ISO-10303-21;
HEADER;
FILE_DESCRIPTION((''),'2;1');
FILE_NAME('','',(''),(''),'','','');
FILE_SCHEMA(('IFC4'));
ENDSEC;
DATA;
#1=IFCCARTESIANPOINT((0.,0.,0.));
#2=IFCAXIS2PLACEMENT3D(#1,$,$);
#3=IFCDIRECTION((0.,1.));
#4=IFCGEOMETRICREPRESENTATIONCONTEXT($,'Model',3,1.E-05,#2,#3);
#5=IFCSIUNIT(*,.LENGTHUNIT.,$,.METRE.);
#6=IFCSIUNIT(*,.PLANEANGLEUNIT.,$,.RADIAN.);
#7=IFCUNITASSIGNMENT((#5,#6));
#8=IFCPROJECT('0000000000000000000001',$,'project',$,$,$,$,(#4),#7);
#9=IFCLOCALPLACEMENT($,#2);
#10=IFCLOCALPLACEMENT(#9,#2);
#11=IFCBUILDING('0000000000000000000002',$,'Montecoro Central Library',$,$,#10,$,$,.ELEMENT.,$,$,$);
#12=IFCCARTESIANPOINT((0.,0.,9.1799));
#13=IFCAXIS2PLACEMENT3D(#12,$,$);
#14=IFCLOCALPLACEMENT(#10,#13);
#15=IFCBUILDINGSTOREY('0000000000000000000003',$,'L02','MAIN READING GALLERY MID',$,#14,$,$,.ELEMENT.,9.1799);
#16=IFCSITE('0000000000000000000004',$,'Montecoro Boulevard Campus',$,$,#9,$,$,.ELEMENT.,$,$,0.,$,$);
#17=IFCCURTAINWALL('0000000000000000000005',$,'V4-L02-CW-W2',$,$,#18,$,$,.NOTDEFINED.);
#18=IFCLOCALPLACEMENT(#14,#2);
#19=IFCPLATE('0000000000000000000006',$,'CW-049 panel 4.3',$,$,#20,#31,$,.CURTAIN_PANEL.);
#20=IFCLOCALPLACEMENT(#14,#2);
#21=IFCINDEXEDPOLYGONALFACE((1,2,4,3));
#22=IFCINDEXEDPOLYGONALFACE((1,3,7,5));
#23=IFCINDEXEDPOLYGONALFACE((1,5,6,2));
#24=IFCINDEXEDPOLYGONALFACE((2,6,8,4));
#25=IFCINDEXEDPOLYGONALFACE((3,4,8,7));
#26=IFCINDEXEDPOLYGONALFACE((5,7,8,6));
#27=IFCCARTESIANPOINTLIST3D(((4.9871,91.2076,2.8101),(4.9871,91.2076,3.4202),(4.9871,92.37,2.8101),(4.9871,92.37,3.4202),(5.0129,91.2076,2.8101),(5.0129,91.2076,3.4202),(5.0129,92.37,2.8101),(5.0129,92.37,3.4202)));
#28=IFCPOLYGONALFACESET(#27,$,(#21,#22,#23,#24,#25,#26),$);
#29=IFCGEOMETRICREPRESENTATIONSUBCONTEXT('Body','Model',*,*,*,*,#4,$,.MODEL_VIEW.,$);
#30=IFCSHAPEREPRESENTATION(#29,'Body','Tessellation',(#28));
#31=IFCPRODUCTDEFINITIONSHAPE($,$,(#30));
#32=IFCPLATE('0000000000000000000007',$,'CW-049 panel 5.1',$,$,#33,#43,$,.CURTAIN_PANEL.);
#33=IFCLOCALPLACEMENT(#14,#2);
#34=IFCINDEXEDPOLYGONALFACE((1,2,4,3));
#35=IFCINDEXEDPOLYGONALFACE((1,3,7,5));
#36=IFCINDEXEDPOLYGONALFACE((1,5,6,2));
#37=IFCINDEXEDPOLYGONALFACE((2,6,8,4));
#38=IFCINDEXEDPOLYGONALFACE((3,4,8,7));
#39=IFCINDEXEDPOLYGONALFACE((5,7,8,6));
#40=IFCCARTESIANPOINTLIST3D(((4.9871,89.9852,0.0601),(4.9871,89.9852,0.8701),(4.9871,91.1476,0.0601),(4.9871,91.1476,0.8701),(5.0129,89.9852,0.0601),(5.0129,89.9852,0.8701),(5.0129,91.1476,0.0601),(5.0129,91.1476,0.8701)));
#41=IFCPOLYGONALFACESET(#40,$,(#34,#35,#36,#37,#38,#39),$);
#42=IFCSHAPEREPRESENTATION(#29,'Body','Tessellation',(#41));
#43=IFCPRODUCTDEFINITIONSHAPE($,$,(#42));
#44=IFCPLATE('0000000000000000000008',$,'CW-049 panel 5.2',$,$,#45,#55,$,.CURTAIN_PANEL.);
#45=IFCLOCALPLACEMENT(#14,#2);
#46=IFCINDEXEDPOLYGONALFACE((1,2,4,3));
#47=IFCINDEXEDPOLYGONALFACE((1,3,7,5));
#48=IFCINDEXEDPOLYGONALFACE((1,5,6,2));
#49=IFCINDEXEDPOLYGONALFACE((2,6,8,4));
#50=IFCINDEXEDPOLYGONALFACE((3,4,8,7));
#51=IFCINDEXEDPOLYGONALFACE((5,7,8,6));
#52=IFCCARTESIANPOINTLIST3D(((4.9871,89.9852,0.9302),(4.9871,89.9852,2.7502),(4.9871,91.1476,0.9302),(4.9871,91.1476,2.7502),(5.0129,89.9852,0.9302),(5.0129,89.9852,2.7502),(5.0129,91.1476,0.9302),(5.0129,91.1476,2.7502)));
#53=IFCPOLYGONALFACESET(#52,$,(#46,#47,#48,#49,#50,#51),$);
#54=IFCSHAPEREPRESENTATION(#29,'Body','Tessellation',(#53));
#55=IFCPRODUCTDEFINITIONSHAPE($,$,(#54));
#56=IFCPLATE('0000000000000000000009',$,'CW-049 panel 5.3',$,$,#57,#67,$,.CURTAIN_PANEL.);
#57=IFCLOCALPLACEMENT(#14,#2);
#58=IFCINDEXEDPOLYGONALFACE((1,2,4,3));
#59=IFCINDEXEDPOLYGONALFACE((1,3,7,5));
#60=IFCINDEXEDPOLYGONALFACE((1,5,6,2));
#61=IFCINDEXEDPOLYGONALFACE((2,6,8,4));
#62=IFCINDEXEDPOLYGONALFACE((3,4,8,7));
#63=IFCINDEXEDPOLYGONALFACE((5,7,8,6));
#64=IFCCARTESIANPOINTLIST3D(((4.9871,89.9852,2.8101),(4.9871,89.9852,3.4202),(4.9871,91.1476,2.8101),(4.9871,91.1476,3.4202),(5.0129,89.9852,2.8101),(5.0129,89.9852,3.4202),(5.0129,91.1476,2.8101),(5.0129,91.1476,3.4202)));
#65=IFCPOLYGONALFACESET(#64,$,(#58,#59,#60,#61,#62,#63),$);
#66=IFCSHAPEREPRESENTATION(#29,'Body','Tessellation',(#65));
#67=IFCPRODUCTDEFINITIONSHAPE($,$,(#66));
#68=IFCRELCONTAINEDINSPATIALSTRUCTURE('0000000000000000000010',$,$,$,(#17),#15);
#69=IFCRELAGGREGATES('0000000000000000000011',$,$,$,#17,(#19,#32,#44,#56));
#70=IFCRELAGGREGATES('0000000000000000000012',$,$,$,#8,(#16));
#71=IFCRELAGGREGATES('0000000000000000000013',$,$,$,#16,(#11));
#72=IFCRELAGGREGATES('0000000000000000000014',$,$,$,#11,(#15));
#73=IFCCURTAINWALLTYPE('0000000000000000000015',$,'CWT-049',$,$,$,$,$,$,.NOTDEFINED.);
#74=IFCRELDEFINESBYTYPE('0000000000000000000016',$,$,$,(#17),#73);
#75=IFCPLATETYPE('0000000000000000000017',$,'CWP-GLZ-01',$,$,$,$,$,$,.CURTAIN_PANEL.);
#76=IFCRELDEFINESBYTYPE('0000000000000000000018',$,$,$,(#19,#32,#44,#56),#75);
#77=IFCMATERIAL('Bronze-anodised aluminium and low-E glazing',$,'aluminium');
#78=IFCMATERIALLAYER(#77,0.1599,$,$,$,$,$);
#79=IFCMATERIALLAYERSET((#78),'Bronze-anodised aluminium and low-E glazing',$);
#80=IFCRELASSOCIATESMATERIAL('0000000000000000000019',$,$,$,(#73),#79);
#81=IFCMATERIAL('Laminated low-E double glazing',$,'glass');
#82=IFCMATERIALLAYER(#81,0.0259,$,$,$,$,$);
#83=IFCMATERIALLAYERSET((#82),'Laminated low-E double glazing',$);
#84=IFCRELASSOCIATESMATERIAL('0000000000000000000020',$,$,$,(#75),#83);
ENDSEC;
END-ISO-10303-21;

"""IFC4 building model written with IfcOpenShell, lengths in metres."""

from ifc_helpers import new_model, si_unit, direction, frame, origin, origin_2d, place, context, subcontext, project, spatial, rectangle, extrude, material, layer, layer_set, type_object, element, aggregate, save


model = new_model("IFC4")

# Units and contexts
model_context = context("Model", 3, precision=1e-05, world=origin(), true_north=direction((0.0, 1.0)))
body_context = subcontext(model_context, "Body", "Model", "MODEL_VIEW")
ifc_project = project(units=[si_unit("LENGTHUNIT", "METRE"), si_unit("PLANEANGLEUNIT", "RADIAN")], contexts=[model_context])

# Site, building, storey
site_placement = place(None, origin())
site = spatial("IfcSite", under=ifc_project, at=site_placement, Name="Montecoro Boulevard Campus", CompositionType="ELEMENT", RefElevation=0.0)
building_placement = place(site_placement, origin())
building = spatial("IfcBuilding", under=site, at=building_placement, Name="Montecoro Central Library", CompositionType="ELEMENT")
storey_placement = place(building_placement, frame((0.0, 0.0, 9.1799)))
storey = spatial("IfcBuildingStorey", under=building, at=storey_placement, Name="L02", Description="MAIN READING GALLERY MID", CompositionType="ELEMENT", Elevation=9.1799)

# Curtain wall, plates
ifc_material_1 = material(Name="Bronze-anodised aluminium and low-E glazing", Category="aluminium")
ifc_layer_1 = layer(ifc_material_1, 0.1599)
ifc_layer_set_1 = layer_set([ifc_layer_1], Name="Bronze-anodised aluminium and low-E glazing")
curtain_wall_type = type_object("IfcCurtainWallType", Name="CWT-049", PredefinedType="NOTDEFINED", material=ifc_layer_set_1)
curtain_wall_placement = place(storey_placement, origin())
curtain_wall = element("IfcCurtainWall", 1, at=curtain_wall_placement, inside=storey, type_object=curtain_wall_type, Name="V4-L02-CW-W2", PredefinedType="NOTDEFINED")
ifc_material_2 = material(Name="Laminated low-E double glazing", Category="glass")
ifc_layer_2 = layer(ifc_material_2, 0.0259)
ifc_layer_set_2 = layer_set([ifc_layer_2], Name="Laminated low-E double glazing")
plate_type = type_object("IfcPlateType", Name="CWP-GLZ-01", PredefinedType="CURTAIN_PANEL", material=ifc_layer_set_2)
plate_1_placement = place(storey_placement, frame((5.0, 91.7888, 2.8101), z_axis=(0.0, 0.0, 1.0), x_axis=(0.0, -1.0, 0.0)))
plate_1 = element("IfcPlate", 2, at=plate_1_placement, type_object=plate_type, Name="CW-049 panel 4.3", PredefinedType="CURTAIN_PANEL", context=body_context, shape_type="SweptSolid", body=[
    extrude(rectangle(XDim=1.1624, YDim=0.0259, at=origin_2d()), origin(), (0.0, 0.0, 1.0), 0.6101),
])
plate_2_placement = place(storey_placement, frame((5.0, 90.5664, 0.0601), z_axis=(0.0, 0.0, 1.0), x_axis=(0.0, -1.0, 0.0)))
plate_2 = element("IfcPlate", 3, at=plate_2_placement, type_object=plate_type, Name="CW-049 panel 5.1", PredefinedType="CURTAIN_PANEL", context=body_context, shape_type="SweptSolid", body=[
    extrude(rectangle(XDim=1.1624, YDim=0.0259, at=origin_2d()), origin(), (0.0, 0.0, 1.0), 0.8101),
])
plate_3_placement = place(storey_placement, frame((5.0, 90.5664, 0.9302), z_axis=(0.0, 0.0, 1.0), x_axis=(0.0, -1.0, 0.0)))
plate_3 = element("IfcPlate", 4, at=plate_3_placement, type_object=plate_type, Name="CW-049 panel 5.2", PredefinedType="CURTAIN_PANEL", context=body_context, shape_type="SweptSolid", body=[
    extrude(rectangle(XDim=1.1624, YDim=0.0259, at=origin_2d()), origin(), (0.0, 0.0, 1.0), 1.8201),
])
plate_4_placement = place(storey_placement, frame((5.0, 90.5664, 2.8101), z_axis=(0.0, 0.0, 1.0), x_axis=(0.0, -1.0, 0.0)))
plate_4 = element("IfcPlate", 5, at=plate_4_placement, type_object=plate_type, Name="CW-049 panel 5.3", PredefinedType="CURTAIN_PANEL", context=body_context, shape_type="SweptSolid", body=[
    extrude(rectangle(XDim=1.1624, YDim=0.0259, at=origin_2d()), origin(), (0.0, 0.0, 1.0), 0.6101),
])
aggregate(curtain_wall, [plate_1, plate_2, plate_3, plate_4])

save(model, "model.ifc")
